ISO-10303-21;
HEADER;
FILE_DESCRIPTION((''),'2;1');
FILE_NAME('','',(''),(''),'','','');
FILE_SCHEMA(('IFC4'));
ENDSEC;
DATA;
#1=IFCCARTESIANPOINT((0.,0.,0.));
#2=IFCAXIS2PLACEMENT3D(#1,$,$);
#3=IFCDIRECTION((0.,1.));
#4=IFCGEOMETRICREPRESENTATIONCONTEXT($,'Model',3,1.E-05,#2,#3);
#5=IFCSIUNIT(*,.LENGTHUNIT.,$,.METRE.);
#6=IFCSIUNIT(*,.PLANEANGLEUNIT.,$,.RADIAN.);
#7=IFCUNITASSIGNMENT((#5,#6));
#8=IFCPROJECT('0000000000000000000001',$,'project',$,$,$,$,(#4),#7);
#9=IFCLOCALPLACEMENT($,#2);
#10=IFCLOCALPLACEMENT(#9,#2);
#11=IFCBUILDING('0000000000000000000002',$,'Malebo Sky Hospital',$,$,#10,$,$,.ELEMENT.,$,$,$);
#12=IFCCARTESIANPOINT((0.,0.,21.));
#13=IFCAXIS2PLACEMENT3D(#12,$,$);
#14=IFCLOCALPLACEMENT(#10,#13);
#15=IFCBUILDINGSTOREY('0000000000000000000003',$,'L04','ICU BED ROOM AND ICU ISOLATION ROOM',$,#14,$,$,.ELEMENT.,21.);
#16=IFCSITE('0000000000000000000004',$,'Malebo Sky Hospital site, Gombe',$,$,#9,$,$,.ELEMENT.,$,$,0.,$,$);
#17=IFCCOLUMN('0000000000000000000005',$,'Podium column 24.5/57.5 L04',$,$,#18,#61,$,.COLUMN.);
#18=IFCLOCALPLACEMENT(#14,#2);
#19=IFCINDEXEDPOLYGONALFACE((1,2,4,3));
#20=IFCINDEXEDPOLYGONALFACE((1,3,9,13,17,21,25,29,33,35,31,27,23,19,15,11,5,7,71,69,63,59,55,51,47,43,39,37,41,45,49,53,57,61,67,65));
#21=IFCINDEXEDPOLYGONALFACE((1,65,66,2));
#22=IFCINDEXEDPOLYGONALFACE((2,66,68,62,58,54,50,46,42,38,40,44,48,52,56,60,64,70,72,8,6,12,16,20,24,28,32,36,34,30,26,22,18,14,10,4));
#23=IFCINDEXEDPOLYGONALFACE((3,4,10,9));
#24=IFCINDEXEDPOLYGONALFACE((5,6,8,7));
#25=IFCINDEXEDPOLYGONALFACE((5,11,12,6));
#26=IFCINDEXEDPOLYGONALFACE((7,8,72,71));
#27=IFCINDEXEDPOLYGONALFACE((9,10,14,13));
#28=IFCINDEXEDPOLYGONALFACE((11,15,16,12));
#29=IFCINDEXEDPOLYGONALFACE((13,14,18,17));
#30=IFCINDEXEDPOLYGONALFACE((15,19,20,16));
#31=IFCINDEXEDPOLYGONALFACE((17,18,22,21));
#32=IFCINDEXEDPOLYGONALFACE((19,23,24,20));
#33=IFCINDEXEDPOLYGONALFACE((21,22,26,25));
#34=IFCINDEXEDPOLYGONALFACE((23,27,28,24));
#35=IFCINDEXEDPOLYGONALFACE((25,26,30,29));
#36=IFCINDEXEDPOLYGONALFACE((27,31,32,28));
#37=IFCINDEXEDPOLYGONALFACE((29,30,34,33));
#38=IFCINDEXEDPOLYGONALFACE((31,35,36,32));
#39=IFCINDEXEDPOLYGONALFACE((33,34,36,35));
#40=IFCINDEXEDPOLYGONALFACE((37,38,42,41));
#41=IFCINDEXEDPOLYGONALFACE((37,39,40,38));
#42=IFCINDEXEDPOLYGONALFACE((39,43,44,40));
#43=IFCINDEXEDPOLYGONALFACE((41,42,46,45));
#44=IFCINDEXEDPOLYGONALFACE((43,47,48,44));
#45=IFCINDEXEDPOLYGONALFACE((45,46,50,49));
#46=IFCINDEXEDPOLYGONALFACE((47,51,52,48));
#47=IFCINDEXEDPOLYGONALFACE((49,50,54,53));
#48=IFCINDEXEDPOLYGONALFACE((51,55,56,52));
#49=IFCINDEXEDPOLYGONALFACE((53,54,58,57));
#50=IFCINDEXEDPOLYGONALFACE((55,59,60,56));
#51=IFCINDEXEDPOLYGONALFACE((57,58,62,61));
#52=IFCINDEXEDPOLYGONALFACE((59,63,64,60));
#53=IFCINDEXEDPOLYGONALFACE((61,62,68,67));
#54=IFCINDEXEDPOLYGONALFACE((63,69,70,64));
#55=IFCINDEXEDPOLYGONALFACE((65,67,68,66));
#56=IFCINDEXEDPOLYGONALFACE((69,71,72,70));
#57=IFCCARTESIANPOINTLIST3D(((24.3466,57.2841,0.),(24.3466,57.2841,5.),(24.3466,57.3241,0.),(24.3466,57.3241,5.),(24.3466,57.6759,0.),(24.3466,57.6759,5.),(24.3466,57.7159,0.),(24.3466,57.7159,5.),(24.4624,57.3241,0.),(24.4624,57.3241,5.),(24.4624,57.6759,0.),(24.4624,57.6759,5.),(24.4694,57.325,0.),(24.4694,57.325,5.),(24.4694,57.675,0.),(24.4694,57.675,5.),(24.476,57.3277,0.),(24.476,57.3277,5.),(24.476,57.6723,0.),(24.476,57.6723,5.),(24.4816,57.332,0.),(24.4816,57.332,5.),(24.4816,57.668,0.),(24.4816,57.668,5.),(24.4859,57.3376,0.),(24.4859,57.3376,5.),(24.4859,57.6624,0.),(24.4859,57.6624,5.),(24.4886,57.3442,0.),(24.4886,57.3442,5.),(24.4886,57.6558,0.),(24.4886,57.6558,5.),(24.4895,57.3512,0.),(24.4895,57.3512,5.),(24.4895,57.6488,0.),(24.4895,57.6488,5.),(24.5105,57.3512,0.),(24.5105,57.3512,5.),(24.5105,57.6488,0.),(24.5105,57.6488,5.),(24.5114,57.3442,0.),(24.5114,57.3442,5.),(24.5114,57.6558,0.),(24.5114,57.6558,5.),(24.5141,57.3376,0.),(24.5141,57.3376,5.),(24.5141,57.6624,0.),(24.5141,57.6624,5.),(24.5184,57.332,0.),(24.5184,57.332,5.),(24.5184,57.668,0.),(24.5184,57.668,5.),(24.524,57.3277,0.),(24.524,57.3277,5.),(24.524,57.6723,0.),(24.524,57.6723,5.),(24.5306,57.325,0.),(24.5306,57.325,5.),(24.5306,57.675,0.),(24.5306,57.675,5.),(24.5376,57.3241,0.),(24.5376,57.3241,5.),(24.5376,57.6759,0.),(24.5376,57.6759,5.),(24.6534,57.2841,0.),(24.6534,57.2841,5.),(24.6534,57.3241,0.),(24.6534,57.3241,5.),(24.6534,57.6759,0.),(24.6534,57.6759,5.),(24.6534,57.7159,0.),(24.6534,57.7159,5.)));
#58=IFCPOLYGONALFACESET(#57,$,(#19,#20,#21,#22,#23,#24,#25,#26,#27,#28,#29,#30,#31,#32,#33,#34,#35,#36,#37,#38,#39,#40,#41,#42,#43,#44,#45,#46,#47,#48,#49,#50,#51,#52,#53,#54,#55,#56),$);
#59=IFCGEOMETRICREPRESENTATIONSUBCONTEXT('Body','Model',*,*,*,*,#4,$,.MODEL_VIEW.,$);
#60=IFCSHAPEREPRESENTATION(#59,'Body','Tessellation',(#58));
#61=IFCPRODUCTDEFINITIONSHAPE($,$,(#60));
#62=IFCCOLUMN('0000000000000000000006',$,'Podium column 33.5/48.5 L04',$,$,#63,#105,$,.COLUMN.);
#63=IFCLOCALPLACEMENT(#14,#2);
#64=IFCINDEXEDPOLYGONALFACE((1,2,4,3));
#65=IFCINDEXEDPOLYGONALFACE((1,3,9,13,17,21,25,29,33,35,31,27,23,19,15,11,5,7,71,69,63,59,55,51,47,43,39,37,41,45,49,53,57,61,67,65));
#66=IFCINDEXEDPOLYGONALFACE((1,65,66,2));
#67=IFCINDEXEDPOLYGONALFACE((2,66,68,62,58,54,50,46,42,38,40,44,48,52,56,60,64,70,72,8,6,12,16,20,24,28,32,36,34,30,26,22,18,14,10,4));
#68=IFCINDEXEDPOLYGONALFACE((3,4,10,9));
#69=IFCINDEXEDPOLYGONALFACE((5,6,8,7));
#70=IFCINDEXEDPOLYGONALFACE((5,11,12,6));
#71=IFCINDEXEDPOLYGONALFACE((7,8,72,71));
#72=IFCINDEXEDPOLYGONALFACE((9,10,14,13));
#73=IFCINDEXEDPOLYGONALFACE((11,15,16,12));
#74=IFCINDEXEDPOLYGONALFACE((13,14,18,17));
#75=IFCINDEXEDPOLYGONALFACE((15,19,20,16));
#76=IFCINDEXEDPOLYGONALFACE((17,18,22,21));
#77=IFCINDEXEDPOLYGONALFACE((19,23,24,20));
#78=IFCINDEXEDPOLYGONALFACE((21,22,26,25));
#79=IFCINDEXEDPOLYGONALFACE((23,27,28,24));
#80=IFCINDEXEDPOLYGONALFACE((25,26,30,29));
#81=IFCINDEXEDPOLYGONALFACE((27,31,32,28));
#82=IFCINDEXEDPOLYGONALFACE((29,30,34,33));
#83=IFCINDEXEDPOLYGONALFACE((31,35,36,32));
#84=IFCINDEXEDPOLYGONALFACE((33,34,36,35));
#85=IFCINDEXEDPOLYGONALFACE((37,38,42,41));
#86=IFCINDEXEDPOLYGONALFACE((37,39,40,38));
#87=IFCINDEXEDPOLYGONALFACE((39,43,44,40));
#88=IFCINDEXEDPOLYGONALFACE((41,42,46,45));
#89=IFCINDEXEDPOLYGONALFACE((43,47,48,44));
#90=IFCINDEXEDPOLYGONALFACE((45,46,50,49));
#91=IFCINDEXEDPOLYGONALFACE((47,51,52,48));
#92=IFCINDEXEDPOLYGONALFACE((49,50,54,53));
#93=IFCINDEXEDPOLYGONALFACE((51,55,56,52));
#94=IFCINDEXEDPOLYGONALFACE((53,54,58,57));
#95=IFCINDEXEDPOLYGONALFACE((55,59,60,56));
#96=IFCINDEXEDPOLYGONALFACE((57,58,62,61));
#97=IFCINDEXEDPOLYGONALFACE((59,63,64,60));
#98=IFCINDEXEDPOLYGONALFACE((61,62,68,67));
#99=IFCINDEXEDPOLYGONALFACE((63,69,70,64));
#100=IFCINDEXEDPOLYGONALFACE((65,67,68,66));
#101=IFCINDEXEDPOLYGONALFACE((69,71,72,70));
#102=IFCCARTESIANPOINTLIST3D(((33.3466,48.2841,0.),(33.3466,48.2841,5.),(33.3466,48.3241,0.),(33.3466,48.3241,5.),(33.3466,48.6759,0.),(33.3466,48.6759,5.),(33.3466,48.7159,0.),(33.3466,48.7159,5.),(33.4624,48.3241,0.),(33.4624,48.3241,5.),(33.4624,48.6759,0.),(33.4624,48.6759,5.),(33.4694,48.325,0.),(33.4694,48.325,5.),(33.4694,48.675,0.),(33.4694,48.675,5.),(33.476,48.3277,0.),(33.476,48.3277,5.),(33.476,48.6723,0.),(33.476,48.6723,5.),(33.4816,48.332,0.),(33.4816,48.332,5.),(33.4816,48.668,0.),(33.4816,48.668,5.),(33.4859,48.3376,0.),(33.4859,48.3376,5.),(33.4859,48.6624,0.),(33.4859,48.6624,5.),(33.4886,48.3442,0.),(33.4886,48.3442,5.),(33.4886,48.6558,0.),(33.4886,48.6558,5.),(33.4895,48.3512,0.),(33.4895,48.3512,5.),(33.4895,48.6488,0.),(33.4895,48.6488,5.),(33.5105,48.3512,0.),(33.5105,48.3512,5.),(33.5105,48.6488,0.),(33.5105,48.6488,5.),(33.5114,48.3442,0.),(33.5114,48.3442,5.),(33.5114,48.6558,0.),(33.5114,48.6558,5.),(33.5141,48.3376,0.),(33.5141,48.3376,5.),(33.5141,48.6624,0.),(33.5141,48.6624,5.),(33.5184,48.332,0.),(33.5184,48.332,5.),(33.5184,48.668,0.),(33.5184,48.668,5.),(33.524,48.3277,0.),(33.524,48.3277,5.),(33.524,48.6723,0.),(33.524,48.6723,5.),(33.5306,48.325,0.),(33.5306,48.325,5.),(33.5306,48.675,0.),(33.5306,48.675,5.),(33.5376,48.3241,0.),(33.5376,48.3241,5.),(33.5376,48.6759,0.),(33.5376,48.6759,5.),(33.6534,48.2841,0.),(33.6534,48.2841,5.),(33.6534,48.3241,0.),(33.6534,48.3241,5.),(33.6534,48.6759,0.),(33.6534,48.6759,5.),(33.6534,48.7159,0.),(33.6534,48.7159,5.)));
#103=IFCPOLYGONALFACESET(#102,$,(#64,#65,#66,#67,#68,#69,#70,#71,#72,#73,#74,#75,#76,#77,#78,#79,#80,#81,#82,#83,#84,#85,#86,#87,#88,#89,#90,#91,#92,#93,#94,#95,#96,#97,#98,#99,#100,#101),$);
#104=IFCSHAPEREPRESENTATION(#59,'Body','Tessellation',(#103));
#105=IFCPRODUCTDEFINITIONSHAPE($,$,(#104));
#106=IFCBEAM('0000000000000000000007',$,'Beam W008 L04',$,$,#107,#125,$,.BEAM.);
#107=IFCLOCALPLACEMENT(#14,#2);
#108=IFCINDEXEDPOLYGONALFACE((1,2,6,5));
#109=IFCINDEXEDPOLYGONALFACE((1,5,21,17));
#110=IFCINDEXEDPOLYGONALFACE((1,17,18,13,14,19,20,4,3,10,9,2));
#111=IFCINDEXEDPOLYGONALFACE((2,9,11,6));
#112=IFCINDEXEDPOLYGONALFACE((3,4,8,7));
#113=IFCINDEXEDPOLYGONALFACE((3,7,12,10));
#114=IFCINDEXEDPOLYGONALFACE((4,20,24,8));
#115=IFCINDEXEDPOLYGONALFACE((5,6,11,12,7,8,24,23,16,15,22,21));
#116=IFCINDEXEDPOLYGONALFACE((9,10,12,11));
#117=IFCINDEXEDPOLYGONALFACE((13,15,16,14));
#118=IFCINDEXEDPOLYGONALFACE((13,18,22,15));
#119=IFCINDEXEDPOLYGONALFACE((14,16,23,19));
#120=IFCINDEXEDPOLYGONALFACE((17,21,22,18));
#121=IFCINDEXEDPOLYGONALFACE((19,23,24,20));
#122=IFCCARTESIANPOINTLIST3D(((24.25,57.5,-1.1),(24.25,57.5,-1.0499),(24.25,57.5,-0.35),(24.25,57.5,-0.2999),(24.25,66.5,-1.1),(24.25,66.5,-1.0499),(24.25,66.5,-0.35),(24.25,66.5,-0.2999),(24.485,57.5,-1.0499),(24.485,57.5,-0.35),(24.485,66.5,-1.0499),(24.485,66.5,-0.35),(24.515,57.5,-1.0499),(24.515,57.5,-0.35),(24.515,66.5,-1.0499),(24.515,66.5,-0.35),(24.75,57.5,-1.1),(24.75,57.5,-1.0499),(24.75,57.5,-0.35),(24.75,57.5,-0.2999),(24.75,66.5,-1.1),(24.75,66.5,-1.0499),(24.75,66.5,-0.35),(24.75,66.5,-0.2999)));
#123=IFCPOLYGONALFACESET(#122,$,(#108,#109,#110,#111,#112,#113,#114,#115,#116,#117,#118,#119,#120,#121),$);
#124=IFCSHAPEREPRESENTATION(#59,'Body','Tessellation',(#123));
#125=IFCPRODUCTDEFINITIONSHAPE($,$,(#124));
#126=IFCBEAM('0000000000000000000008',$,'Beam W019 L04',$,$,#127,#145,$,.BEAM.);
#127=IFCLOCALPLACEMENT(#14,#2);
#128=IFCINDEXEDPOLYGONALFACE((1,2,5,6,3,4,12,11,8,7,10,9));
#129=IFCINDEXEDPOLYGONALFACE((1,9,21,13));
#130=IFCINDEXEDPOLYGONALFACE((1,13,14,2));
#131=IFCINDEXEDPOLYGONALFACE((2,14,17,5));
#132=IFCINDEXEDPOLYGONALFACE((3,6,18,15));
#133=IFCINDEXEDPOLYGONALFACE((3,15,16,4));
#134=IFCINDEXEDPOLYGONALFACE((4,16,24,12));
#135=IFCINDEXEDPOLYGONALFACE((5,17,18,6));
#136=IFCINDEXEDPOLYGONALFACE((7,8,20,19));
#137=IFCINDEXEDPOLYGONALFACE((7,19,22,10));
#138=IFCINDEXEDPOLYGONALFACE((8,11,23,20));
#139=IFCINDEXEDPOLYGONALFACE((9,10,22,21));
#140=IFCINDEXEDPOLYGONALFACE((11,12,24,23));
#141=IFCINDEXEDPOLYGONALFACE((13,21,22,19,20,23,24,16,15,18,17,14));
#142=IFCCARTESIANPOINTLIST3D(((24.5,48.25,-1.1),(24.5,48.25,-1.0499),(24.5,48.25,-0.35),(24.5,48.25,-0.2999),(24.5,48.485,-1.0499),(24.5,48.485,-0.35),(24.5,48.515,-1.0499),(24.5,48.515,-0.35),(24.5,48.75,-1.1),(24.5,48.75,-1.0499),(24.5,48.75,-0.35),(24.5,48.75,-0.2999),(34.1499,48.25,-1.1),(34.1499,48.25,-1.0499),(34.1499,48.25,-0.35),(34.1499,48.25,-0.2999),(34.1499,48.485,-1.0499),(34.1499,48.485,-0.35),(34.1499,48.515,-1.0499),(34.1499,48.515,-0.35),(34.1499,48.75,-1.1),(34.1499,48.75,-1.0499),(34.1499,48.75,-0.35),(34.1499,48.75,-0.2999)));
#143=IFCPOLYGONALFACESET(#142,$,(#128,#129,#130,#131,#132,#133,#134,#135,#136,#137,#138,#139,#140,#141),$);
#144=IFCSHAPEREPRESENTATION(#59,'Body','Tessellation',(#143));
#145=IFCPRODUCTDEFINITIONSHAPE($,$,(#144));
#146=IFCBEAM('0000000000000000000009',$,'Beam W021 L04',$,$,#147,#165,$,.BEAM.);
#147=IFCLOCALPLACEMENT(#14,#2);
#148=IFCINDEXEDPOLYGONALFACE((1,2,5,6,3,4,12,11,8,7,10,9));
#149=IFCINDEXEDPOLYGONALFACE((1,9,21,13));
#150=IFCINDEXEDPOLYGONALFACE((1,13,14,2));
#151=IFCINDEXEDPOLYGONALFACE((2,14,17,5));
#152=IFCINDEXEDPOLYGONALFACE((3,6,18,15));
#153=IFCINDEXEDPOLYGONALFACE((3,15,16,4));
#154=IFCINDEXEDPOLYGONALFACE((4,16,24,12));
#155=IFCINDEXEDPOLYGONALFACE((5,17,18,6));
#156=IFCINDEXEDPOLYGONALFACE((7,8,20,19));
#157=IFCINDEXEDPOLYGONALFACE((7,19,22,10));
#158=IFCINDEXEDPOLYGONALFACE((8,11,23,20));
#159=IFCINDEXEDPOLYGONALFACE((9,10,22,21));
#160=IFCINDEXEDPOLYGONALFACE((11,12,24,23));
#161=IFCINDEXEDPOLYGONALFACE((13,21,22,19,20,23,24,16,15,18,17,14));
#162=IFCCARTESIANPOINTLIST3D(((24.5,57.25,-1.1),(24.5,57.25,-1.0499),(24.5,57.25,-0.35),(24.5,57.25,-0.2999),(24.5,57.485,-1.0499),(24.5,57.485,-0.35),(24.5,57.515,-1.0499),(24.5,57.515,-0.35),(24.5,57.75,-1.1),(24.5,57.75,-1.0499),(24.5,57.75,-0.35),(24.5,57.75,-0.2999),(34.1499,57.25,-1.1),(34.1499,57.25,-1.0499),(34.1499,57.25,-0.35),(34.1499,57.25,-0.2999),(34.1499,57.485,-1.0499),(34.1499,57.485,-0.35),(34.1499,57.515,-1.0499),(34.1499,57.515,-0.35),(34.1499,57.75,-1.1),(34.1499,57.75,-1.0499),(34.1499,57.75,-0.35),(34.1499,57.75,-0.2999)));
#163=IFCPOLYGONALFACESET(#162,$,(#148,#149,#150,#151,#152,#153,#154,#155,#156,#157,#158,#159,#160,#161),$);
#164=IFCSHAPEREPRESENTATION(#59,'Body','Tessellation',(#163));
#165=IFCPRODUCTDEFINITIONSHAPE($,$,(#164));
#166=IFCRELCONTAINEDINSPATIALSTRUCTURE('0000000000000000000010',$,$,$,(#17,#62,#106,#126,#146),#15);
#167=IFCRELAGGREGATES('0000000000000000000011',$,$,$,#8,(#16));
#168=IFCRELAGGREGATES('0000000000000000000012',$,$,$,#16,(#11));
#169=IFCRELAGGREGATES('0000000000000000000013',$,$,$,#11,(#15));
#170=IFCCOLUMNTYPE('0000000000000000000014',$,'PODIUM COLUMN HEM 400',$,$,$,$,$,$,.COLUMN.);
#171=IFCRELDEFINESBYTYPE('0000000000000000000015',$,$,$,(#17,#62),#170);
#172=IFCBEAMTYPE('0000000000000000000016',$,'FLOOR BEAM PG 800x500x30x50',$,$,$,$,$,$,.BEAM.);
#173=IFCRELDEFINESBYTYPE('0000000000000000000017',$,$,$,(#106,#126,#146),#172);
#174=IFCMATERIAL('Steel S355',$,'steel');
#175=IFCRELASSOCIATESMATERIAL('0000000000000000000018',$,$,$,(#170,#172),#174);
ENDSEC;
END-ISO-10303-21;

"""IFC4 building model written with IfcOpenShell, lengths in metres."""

from ifc_helpers import new_model, si_unit, direction, frame, origin, origin_2d, place, context, subcontext, project, spatial, i_section, extrude, material, material_profile, profile_set, type_object, element, save


model = new_model("IFC4")

# Units and contexts
model_context = context("Model", 3, precision=1e-05, world=origin(), true_north=direction((0.0, 1.0)))
body_context = subcontext(model_context, "Body", "Model", "MODEL_VIEW")
ifc_project = project(units=[si_unit("LENGTHUNIT", "METRE"), si_unit("PLANEANGLEUNIT", "RADIAN")], contexts=[model_context])

# Site, building, storey
site_placement = place(None, origin())
site = spatial("IfcSite", under=ifc_project, at=site_placement, Name="Malebo Sky Hospital site, Gombe", CompositionType="ELEMENT", RefElevation=0.0)
building_placement = place(site_placement, origin())
building = spatial("IfcBuilding", under=site, at=building_placement, Name="Malebo Sky Hospital", CompositionType="ELEMENT")
storey_placement = place(building_placement, frame((0.0, 0.0, 21.0)))
storey = spatial("IfcBuildingStorey", under=building, at=storey_placement, Name="L04", Description="ICU BED ROOM AND ICU ISOLATION ROOM", CompositionType="ELEMENT", Elevation=21.0)

# Columns
ifc_material_1 = material(Name="Steel S355", Category="steel")
ifc_material_profile_1 = material_profile(ifc_material_1, i_section(OverallWidth=0.3069, OverallDepth=0.4319, WebThickness=0.021, FlangeThickness=0.04, FilletRadius=0.0271, at=origin_2d()), Name="HEM 400")
ifc_profile_set_1 = profile_set([ifc_material_profile_1], Name="Steel S355")
column_type = type_object("IfcColumnType", Name="PODIUM COLUMN HEM 400", PredefinedType="COLUMN", material=ifc_profile_set_1)
for number, where, z_axis, x_axis, name in (
    (1, (24.5, 57.5, 0.0), (0.0, 0.0, 1.0), (1.0, 0.0, 0.0), "Podium column 24.5/57.5 L04"),
    (2, (33.5, 48.5, 0.0), (0.0, 0.0, 1.0), (1.0, 0.0, 0.0), "Podium column 33.5/48.5 L04"),
):
    element("IfcColumn", number, at=place(storey_placement, frame(where, z_axis=z_axis, x_axis=x_axis)), inside=storey, type_object=column_type, Name=name, PredefinedType="COLUMN", context=body_context, shape_type="SweptSolid", body=[
        extrude(i_section(OverallWidth=0.3069, OverallDepth=0.4319, WebThickness=0.021, FlangeThickness=0.04, FilletRadius=0.0271, at=origin_2d()), origin(), (0.0, 0.0, 1.0), 5.0),
    ])

# Beams
ifc_material_profile_2 = material_profile(ifc_material_1, i_section(OverallWidth=0.5, OverallDepth=0.8, WebThickness=0.03, FlangeThickness=0.05, at=origin_2d()), Name="PG 800x500x30x50")
ifc_profile_set_2 = profile_set([ifc_material_profile_2], Name="Steel S355")
beam_type = type_object("IfcBeamType", Name="FLOOR BEAM PG 800x500x30x50", PredefinedType="BEAM", material=ifc_profile_set_2)
beam_placement = place(storey_placement, frame((24.5, 57.5, -0.7), z_axis=(0.0, 1.0, 0.0), x_axis=(-1.0, 0.0, 0.0)))
element("IfcBeam", 3, at=beam_placement, inside=storey, type_object=beam_type, Name="Beam W008 L04", PredefinedType="BEAM", context=body_context, shape_type="SweptSolid", body=[
    extrude(i_section(OverallWidth=0.5, OverallDepth=0.8, WebThickness=0.03, FlangeThickness=0.05, at=origin_2d()), origin(), (0.0, 0.0, 1.0), 9.0),
])
for number, where, z_axis, x_axis, name in (
    (4, (24.5, 48.5, -0.7), (1.0, 0.0, 0.0), (0.0, 1.0, 0.0), "Beam W019 L04"),
    (5, (24.5, 57.5, -0.7), (1.0, 0.0, 0.0), (0.0, 1.0, 0.0), "Beam W021 L04"),
):
    element("IfcBeam", number, at=place(storey_placement, frame(where, z_axis=z_axis, x_axis=x_axis)), inside=storey, type_object=beam_type, Name=name, PredefinedType="BEAM", context=body_context, shape_type="SweptSolid", body=[
        extrude(i_section(OverallWidth=0.5, OverallDepth=0.8, WebThickness=0.03, FlangeThickness=0.05, at=origin_2d()), origin(), (0.0, 0.0, 1.0), 9.6499),
    ])

save(model, "model.ifc")
